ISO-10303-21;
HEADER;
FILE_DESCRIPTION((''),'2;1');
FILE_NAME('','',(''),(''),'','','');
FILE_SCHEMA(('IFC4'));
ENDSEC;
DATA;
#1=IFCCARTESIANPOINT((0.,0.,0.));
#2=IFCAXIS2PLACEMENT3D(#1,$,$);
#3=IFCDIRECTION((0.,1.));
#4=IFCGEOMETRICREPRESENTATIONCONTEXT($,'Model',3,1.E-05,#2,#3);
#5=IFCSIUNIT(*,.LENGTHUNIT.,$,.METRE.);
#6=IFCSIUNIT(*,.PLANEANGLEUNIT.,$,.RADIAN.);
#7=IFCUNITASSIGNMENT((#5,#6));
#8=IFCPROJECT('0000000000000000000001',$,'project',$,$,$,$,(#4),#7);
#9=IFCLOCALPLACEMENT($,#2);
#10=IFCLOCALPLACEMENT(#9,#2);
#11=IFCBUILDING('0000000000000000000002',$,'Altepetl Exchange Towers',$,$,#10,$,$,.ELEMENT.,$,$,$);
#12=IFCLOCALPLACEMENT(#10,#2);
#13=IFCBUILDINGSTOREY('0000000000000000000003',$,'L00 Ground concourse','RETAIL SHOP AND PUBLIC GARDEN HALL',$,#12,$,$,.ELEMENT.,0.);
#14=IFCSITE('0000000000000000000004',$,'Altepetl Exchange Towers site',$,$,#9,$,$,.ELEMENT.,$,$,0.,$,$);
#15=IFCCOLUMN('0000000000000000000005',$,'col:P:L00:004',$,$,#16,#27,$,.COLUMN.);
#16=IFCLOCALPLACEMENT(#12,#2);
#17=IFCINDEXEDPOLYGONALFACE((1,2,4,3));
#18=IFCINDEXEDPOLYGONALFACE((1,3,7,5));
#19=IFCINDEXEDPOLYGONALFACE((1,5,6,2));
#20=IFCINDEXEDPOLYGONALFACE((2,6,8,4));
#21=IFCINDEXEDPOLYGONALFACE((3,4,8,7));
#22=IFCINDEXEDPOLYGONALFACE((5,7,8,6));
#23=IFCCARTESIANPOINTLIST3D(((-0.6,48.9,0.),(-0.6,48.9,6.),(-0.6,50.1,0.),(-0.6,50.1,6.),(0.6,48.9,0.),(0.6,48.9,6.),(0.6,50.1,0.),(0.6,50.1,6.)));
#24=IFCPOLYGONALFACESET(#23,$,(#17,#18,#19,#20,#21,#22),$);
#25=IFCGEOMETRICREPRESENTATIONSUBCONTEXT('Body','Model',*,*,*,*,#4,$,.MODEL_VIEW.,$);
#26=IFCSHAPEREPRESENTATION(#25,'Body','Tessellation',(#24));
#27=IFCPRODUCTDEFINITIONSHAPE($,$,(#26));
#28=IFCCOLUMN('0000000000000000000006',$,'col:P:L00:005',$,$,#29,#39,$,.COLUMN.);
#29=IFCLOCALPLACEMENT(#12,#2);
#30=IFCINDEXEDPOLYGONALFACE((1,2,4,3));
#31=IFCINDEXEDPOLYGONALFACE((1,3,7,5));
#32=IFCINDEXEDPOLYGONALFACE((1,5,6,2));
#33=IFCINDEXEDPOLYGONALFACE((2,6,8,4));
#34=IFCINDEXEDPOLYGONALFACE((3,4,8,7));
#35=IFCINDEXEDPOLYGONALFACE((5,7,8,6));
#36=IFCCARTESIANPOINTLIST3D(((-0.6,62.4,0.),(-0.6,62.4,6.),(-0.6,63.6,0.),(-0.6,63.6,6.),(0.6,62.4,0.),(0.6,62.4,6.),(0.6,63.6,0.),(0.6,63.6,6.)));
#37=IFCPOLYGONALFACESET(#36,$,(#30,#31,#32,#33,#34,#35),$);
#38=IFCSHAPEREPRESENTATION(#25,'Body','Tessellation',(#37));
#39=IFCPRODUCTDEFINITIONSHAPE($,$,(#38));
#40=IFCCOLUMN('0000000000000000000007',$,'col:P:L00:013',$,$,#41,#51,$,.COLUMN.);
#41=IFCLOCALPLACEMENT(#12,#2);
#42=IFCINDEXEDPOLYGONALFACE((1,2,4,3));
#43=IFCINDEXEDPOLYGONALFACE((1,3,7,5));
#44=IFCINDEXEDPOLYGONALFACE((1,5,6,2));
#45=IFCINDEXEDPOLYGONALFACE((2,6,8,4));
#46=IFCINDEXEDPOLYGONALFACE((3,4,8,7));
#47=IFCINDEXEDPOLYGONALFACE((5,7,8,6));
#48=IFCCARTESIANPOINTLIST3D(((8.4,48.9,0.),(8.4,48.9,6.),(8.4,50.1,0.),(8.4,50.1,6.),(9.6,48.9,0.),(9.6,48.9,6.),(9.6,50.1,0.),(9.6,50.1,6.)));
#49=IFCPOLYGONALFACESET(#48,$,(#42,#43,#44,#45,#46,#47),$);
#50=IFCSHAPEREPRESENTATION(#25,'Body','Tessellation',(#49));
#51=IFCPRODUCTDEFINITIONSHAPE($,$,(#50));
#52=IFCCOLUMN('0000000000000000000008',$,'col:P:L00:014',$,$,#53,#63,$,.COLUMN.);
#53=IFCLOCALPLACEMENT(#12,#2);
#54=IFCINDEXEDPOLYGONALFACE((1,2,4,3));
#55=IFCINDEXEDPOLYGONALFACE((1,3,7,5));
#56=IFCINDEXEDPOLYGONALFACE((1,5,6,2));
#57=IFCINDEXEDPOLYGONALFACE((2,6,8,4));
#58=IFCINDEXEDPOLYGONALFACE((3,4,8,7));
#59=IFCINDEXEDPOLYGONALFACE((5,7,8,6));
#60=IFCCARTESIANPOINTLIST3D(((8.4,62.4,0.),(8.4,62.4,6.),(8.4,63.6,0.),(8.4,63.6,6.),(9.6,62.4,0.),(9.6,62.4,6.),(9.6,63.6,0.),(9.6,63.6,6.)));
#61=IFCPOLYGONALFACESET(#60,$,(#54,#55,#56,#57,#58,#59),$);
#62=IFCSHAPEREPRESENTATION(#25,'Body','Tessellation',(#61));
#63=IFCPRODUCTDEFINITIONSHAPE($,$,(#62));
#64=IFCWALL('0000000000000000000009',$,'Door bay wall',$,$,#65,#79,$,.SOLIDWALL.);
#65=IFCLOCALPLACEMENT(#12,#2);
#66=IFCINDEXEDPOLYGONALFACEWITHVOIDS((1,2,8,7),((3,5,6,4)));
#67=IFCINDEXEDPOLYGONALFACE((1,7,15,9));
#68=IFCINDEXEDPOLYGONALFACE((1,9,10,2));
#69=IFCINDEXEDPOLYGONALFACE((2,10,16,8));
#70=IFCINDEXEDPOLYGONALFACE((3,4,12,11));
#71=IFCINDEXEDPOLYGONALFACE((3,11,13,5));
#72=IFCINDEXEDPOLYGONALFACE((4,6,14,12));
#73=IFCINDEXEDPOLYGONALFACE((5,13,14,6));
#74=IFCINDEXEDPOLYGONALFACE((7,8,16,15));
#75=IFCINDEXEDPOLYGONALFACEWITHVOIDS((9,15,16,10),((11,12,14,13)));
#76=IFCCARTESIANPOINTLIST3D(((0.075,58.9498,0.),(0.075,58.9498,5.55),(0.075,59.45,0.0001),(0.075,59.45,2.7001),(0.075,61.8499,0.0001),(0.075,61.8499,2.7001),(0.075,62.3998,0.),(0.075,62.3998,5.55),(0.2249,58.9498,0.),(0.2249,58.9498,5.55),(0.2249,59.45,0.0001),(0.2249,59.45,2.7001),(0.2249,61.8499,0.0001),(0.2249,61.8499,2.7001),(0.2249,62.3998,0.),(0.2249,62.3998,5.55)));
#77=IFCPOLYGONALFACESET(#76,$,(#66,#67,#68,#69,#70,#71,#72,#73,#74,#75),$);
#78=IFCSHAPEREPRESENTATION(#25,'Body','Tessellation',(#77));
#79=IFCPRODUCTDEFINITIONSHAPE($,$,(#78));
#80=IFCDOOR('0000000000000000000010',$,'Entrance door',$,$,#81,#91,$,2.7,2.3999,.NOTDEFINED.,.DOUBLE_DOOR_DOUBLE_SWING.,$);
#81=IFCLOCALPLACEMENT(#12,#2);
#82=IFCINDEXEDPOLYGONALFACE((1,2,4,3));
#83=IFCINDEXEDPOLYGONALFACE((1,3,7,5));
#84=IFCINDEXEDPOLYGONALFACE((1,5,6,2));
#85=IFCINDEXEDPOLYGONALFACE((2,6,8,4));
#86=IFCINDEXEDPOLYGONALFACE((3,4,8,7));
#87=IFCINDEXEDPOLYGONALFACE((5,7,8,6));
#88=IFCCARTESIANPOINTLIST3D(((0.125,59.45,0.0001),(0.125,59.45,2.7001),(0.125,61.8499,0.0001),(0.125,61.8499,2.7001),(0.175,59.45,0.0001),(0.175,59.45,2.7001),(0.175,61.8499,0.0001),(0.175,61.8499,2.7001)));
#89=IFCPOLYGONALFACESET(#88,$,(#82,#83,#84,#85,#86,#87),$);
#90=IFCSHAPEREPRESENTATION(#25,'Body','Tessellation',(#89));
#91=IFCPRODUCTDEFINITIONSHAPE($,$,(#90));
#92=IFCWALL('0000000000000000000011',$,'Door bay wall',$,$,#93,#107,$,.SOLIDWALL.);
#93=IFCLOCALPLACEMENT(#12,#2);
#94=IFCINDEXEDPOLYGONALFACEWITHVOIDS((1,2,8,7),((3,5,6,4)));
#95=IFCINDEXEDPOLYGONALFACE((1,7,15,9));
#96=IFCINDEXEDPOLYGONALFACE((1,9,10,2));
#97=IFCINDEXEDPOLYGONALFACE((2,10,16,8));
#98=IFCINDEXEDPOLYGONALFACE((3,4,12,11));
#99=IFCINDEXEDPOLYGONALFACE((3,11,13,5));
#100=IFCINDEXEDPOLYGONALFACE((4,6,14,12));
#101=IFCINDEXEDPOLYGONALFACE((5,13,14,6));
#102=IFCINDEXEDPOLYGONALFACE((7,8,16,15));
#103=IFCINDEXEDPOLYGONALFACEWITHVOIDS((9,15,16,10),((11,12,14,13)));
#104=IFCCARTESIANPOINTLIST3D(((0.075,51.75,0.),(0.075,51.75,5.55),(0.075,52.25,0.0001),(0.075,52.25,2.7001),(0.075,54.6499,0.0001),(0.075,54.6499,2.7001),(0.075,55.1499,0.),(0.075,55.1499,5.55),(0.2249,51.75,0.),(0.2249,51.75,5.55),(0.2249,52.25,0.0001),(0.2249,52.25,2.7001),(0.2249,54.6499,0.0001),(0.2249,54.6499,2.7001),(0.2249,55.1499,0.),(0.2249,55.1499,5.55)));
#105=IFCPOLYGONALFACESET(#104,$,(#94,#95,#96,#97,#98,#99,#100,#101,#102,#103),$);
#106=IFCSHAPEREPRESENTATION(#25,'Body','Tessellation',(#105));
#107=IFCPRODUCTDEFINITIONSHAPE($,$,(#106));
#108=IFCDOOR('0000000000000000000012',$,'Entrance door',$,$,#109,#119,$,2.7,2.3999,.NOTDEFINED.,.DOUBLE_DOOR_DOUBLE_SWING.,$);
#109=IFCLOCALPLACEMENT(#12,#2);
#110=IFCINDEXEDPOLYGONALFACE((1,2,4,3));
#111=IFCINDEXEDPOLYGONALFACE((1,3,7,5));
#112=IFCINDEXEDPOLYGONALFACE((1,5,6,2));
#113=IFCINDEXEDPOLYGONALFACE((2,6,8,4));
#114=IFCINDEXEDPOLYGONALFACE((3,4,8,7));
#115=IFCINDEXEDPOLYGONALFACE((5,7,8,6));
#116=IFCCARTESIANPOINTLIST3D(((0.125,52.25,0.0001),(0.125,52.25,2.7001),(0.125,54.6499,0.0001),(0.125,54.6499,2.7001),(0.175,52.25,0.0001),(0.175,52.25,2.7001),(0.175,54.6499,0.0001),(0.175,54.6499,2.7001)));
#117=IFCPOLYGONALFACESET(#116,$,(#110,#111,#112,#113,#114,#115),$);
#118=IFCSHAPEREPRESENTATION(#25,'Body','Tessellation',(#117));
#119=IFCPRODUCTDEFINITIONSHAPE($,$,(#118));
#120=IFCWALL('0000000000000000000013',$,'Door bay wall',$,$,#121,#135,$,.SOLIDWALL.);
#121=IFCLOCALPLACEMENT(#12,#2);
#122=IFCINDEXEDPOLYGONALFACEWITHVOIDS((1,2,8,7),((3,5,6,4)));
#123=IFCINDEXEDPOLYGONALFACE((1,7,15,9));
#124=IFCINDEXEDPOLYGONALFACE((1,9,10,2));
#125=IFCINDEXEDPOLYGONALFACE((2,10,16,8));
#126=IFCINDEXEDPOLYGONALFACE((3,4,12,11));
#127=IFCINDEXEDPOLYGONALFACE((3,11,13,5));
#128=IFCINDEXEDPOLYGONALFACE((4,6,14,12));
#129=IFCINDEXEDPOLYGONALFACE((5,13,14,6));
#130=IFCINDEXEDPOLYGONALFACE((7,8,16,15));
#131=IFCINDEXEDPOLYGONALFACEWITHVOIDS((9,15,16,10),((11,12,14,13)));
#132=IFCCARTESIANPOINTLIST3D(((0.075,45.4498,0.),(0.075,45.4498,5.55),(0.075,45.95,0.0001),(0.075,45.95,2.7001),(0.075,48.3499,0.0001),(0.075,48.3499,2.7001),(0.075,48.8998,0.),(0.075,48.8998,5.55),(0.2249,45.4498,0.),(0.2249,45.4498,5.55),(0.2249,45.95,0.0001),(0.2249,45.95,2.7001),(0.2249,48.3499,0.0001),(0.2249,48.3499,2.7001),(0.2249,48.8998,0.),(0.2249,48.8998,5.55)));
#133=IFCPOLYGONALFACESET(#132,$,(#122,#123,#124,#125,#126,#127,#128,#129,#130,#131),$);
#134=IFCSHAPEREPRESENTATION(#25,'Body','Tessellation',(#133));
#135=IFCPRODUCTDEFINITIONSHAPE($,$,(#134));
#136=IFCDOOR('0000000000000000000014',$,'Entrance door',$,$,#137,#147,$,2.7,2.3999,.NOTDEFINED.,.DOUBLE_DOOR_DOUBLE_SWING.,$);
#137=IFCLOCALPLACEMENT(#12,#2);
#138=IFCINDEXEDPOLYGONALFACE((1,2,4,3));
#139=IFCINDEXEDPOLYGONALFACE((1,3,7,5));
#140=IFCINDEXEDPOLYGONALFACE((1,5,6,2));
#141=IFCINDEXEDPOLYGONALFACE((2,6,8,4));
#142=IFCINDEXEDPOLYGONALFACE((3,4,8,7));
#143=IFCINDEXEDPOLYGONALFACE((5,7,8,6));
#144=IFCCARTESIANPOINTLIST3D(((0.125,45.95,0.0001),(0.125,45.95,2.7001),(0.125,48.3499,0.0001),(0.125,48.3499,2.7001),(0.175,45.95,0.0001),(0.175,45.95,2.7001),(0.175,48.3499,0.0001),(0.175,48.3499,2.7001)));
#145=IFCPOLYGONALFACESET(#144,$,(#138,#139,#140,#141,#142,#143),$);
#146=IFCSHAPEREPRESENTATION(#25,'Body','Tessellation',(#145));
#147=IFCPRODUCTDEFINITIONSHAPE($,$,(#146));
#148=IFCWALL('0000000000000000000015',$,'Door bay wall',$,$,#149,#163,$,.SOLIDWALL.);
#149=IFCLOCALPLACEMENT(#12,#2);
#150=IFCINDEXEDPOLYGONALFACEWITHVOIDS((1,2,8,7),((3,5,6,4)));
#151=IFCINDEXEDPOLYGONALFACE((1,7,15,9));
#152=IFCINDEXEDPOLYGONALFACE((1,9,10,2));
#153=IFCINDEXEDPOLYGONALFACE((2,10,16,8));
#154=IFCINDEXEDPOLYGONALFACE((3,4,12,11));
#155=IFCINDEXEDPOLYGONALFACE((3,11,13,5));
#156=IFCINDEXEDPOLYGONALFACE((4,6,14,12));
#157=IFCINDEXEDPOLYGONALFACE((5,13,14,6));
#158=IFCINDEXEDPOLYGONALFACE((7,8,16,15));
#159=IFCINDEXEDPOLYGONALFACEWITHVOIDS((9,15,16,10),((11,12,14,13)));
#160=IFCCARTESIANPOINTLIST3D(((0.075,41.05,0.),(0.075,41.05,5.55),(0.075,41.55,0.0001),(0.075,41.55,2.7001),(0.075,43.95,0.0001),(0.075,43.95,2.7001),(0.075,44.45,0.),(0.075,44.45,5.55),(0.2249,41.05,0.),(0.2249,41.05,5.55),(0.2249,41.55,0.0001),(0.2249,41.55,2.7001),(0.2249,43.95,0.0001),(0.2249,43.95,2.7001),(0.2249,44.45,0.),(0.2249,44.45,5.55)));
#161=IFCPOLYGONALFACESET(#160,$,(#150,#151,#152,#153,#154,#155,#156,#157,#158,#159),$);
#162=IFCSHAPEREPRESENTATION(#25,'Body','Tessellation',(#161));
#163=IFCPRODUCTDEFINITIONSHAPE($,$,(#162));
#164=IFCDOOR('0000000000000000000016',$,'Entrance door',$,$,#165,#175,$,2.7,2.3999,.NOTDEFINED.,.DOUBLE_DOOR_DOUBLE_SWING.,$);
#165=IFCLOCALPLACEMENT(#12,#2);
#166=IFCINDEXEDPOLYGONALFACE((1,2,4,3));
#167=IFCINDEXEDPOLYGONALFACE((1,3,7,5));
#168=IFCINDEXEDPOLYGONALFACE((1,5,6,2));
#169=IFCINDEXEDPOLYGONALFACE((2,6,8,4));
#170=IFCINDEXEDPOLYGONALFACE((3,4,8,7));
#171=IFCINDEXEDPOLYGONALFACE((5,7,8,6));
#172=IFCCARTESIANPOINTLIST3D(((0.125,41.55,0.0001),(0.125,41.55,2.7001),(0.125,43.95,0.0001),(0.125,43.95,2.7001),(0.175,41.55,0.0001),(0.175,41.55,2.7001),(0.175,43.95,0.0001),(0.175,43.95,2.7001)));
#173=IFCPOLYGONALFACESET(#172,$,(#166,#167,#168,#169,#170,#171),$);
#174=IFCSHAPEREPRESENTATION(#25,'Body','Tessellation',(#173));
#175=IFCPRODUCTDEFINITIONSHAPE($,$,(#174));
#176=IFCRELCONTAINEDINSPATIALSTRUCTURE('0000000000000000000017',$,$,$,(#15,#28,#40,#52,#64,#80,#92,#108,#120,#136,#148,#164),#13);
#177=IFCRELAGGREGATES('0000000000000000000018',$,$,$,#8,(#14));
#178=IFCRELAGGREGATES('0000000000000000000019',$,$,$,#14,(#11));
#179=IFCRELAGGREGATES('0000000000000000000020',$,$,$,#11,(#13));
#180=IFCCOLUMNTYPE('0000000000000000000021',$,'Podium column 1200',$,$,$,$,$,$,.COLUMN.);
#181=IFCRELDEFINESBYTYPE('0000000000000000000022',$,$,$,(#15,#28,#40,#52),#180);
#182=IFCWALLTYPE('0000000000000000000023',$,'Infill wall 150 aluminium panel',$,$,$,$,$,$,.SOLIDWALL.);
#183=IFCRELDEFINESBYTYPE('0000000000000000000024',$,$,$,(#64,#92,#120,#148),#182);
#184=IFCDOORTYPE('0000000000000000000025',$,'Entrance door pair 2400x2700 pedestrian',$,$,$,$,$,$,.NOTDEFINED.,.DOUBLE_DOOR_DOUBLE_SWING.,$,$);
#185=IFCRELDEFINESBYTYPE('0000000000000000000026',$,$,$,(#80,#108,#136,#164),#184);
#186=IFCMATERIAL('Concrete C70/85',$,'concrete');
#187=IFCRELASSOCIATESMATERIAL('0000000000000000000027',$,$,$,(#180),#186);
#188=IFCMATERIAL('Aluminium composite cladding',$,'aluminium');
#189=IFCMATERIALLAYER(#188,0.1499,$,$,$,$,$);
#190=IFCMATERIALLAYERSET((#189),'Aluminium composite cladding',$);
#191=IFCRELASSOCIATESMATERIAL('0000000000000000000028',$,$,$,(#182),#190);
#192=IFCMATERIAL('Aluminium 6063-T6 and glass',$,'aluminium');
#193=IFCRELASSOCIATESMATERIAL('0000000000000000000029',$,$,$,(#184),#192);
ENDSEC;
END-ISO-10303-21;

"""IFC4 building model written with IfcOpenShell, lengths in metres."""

from ifc_helpers import new_model, si_unit, direction, frame, frame_2d, origin, origin_2d, place, context, subcontext, project, spatial, rectangle, extrude, material, layer, layer_set, material_profile, profile_set, type_object, element, fill, save


model = new_model("IFC4")

# Units and contexts
model_context = context("Model", 3, precision=1e-05, world=origin(), true_north=direction((0.0, 1.0)))
body_context = subcontext(model_context, "Body", "Model", "MODEL_VIEW")
ifc_project = project(units=[si_unit("LENGTHUNIT", "METRE"), si_unit("PLANEANGLEUNIT", "RADIAN")], contexts=[model_context])

# Site, building, storey
site_placement = place(None, origin())
site = spatial("IfcSite", under=ifc_project, at=site_placement, Name="Altepetl Exchange Towers site", CompositionType="ELEMENT", RefElevation=0.0)
building_placement = place(site_placement, origin())
building = spatial("IfcBuilding", under=site, at=building_placement, Name="Altepetl Exchange Towers", CompositionType="ELEMENT")
storey_placement = place(building_placement, origin())
storey = spatial("IfcBuildingStorey", under=building, at=storey_placement, Name="L00 Ground concourse", Description="RETAIL SHOP AND PUBLIC GARDEN HALL", CompositionType="ELEMENT", Elevation=0.0)

# Columns
ifc_material_1 = material(Name="Concrete C70/85", Category="concrete")
ifc_material_profile = material_profile(ifc_material_1, rectangle(XDim=1.2, YDim=1.2, at=origin_2d()), Name="1200 x 1200")
ifc_profile_set = profile_set([ifc_material_profile], Name="Concrete C70/85")
column_type = type_object("IfcColumnType", Name="Podium column 1200", PredefinedType="COLUMN", material=ifc_profile_set)
for number, where, name in (
    (1, (0.0, 49.5, 0.0), "col:P:L00:004"),
    (2, (0.0, 63.0, 0.0), "col:P:L00:005"),
    (3, (9.0, 49.5, 0.0), "col:P:L00:013"),
    (4, (9.0, 63.0, 0.0), "col:P:L00:014"),
):
    element("IfcColumn", number, at=place(storey_placement, frame(where)), inside=storey, type_object=column_type, Name=name, PredefinedType="COLUMN", context=body_context, shape_type="SweptSolid", body=[
        extrude(rectangle(XDim=1.2, YDim=1.2, at=origin_2d()), origin(), (0.0, 0.0, 1.0), 6.0),
    ])

# Walls, openings, doors
ifc_material_2 = material(Name="Aluminium composite cladding", Category="aluminium")
ifc_layer_1 = layer(ifc_material_2, 0.1499)
ifc_layer_set_1 = layer_set([ifc_layer_1], Name="Aluminium composite cladding")
wall_type_1 = type_object("IfcWallType", Name="Infill wall 150 aluminium panel", PredefinedType="SOLIDWALL", material=ifc_layer_set_1)
wall_1_placement = place(storey_placement, frame((0.1499, 62.3999, 0.0), z_axis=(0.0, 0.0, 1.0), x_axis=(0.0, -1.0, 0.0)))
wall_1 = element("IfcWall", 5, at=wall_1_placement, inside=storey, type_object=wall_type_1, Name="Door bay wall", PredefinedType="SOLIDWALL", context=body_context, shape_type="SweptSolid", body=[
    extrude(rectangle(XDim=3.45, YDim=0.1499, at=frame_2d((1.7251, 0.0))), origin(), (0.0, 0.0, 1.0), 5.55),
])
opening_1_placement = place(wall_1_placement, frame((0.55, 0.0, 0.0)))
opening_1 = element("IfcOpeningElement", 6, at=opening_1_placement, cuts=wall_1, PredefinedType="OPENING", context=body_context, shape_type="SweptSolid", body=[
    extrude(rectangle(XDim=2.3999, YDim=2.7, at=frame_2d((1.2, 1.3501))), frame((0.0, 0.085, 0.0), z_axis=(0.0, -1.0, 0.0), x_axis=(1.0, 0.0, 0.0)), (0.0, 0.0, 1.0), 0.1699),
])
ifc_material_3 = material(Name="Aluminium 6063-T6 and glass", Category="aluminium")
door_type_1 = type_object("IfcDoorType", Name="Entrance door pair 2400x2700 pedestrian", OperationType="DOUBLE_DOOR_DOUBLE_SWING", PredefinedType="NOTDEFINED", material=ifc_material_3)
door_1_placement = place(opening_1_placement, frame((2.3999, 0.0, 0.0), x_axis=(-1.0, 0.0, 0.0)))
door_1 = element("IfcDoor", 7, at=door_1_placement, inside=storey, type_object=door_type_1, Name="Entrance door", OperationType="DOUBLE_DOOR_DOUBLE_SWING", OverallHeight=2.7, OverallWidth=2.3999, PredefinedType="NOTDEFINED", context=body_context, shape_type="SweptSolid", body=[
    extrude(rectangle(XDim=2.3999, YDim=2.7, at=frame_2d((1.2, 1.3501))), frame((0.0, 0.0249, 0.0), z_axis=(0.0, -1.0, 0.0), x_axis=(1.0, 0.0, 0.0)), (0.0, 0.0, 1.0), 0.05),
])
fill(opening_1, door_1)
wall_2_placement = place(storey_placement, frame((0.1499, 55.1499, 0.0), z_axis=(0.0, 0.0, 1.0), x_axis=(0.0, -1.0, 0.0)))
wall_2 = element("IfcWall", 8, at=wall_2_placement, inside=storey, type_object=wall_type_1, Name="Door bay wall", PredefinedType="SOLIDWALL", context=body_context, shape_type="SweptSolid", body=[
    extrude(rectangle(XDim=3.3999, YDim=0.1499, at=frame_2d((1.7, 0.0))), origin(), (0.0, 0.0, 1.0), 5.55),
])
opening_2_placement = place(wall_2_placement, frame((0.5, 0.0, 0.0)))
opening_2 = element("IfcOpeningElement", 9, at=opening_2_placement, cuts=wall_2, PredefinedType="OPENING", context=body_context, shape_type="SweptSolid", body=[
    extrude(rectangle(XDim=2.3999, YDim=2.7, at=frame_2d((1.2, 1.3501))), frame((0.0, 0.085, 0.0), z_axis=(0.0, -1.0, 0.0), x_axis=(1.0, 0.0, 0.0)), (0.0, 0.0, 1.0), 0.1699),
])
door_2_placement = place(opening_2_placement, frame((2.3999, 0.0, 0.0), x_axis=(-1.0, 0.0, 0.0)))
door_2 = element("IfcDoor", 10, at=door_2_placement, inside=storey, type_object=door_type_1, Name="Entrance door", OperationType="DOUBLE_DOOR_DOUBLE_SWING", OverallHeight=2.7, OverallWidth=2.3999, PredefinedType="NOTDEFINED", context=body_context, shape_type="SweptSolid", body=[
    extrude(rectangle(XDim=2.3999, YDim=2.7, at=frame_2d((1.2, 1.3501))), frame((0.0, 0.0249, 0.0), z_axis=(0.0, -1.0, 0.0), x_axis=(1.0, 0.0, 0.0)), (0.0, 0.0, 1.0), 0.05),
])
fill(opening_2, door_2)
wall_3_placement = place(storey_placement, frame((0.1499, 48.8999, 0.0), z_axis=(0.0, 0.0, 1.0), x_axis=(0.0, -1.0, 0.0)))
wall_3 = element("IfcWall", 11, at=wall_3_placement, inside=storey, type_object=wall_type_1, Name="Door bay wall", PredefinedType="SOLIDWALL", context=body_context, shape_type="SweptSolid", body=[
    extrude(rectangle(XDim=3.45, YDim=0.1499, at=frame_2d((1.7251, 0.0))), origin(), (0.0, 0.0, 1.0), 5.55),
])
opening_3_placement = place(wall_3_placement, frame((0.55, 0.0, 0.0)))
opening_3 = element("IfcOpeningElement", 12, at=opening_3_placement, cuts=wall_3, PredefinedType="OPENING", context=body_context, shape_type="SweptSolid", body=[
    extrude(rectangle(XDim=2.3999, YDim=2.7, at=frame_2d((1.2, 1.3501))), frame((0.0, 0.085, 0.0), z_axis=(0.0, -1.0, 0.0), x_axis=(1.0, 0.0, 0.0)), (0.0, 0.0, 1.0), 0.1699),
])
door_3_placement = place(opening_3_placement, frame((2.3999, 0.0, 0.0), x_axis=(-1.0, 0.0, 0.0)))
door_3 = element("IfcDoor", 13, at=door_3_placement, inside=storey, type_object=door_type_1, Name="Entrance door", OperationType="DOUBLE_DOOR_DOUBLE_SWING", OverallHeight=2.7, OverallWidth=2.3999, PredefinedType="NOTDEFINED", context=body_context, shape_type="SweptSolid", body=[
    extrude(rectangle(XDim=2.3999, YDim=2.7, at=frame_2d((1.2, 1.3501))), frame((0.0, 0.0249, 0.0), z_axis=(0.0, -1.0, 0.0), x_axis=(1.0, 0.0, 0.0)), (0.0, 0.0, 1.0), 0.05),
])
fill(opening_3, door_3)
wall_4_placement = place(storey_placement, frame((0.1499, 44.45, 0.0), z_axis=(0.0, 0.0, 1.0), x_axis=(0.0, -1.0, 0.0)))
wall_4 = element("IfcWall", 14, at=wall_4_placement, inside=storey, type_object=wall_type_1, Name="Door bay wall", PredefinedType="SOLIDWALL", context=body_context, shape_type="SweptSolid", body=[
    extrude(rectangle(XDim=3.3999, YDim=0.1499, at=frame_2d((1.7, 0.0))), origin(), (0.0, 0.0, 1.0), 5.55),
])
opening_4_placement = place(wall_4_placement, frame((0.5, 0.0, 0.0)))
opening_4 = element("IfcOpeningElement", 15, at=opening_4_placement, cuts=wall_4, PredefinedType="OPENING", context=body_context, shape_type="SweptSolid", body=[
    extrude(rectangle(XDim=2.3999, YDim=2.7, at=frame_2d((1.2, 1.3501))), frame((0.0, 0.085, 0.0), z_axis=(0.0, -1.0, 0.0), x_axis=(1.0, 0.0, 0.0)), (0.0, 0.0, 1.0), 0.1699),
])
door_4_placement = place(opening_4_placement, frame((2.3999, 0.0, 0.0), x_axis=(-1.0, 0.0, 0.0)))
door_4 = element("IfcDoor", 16, at=door_4_placement, inside=storey, type_object=door_type_1, Name="Entrance door", OperationType="DOUBLE_DOOR_DOUBLE_SWING", OverallHeight=2.7, OverallWidth=2.3999, PredefinedType="NOTDEFINED", context=body_context, shape_type="SweptSolid", body=[
    extrude(rectangle(XDim=2.3999, YDim=2.7, at=frame_2d((1.2, 1.3501))), frame((0.0, 0.0249, 0.0), z_axis=(0.0, -1.0, 0.0), x_axis=(1.0, 0.0, 0.0)), (0.0, 0.0, 1.0), 0.05),
])
fill(opening_4, door_4)

save(model, "model.ifc")
